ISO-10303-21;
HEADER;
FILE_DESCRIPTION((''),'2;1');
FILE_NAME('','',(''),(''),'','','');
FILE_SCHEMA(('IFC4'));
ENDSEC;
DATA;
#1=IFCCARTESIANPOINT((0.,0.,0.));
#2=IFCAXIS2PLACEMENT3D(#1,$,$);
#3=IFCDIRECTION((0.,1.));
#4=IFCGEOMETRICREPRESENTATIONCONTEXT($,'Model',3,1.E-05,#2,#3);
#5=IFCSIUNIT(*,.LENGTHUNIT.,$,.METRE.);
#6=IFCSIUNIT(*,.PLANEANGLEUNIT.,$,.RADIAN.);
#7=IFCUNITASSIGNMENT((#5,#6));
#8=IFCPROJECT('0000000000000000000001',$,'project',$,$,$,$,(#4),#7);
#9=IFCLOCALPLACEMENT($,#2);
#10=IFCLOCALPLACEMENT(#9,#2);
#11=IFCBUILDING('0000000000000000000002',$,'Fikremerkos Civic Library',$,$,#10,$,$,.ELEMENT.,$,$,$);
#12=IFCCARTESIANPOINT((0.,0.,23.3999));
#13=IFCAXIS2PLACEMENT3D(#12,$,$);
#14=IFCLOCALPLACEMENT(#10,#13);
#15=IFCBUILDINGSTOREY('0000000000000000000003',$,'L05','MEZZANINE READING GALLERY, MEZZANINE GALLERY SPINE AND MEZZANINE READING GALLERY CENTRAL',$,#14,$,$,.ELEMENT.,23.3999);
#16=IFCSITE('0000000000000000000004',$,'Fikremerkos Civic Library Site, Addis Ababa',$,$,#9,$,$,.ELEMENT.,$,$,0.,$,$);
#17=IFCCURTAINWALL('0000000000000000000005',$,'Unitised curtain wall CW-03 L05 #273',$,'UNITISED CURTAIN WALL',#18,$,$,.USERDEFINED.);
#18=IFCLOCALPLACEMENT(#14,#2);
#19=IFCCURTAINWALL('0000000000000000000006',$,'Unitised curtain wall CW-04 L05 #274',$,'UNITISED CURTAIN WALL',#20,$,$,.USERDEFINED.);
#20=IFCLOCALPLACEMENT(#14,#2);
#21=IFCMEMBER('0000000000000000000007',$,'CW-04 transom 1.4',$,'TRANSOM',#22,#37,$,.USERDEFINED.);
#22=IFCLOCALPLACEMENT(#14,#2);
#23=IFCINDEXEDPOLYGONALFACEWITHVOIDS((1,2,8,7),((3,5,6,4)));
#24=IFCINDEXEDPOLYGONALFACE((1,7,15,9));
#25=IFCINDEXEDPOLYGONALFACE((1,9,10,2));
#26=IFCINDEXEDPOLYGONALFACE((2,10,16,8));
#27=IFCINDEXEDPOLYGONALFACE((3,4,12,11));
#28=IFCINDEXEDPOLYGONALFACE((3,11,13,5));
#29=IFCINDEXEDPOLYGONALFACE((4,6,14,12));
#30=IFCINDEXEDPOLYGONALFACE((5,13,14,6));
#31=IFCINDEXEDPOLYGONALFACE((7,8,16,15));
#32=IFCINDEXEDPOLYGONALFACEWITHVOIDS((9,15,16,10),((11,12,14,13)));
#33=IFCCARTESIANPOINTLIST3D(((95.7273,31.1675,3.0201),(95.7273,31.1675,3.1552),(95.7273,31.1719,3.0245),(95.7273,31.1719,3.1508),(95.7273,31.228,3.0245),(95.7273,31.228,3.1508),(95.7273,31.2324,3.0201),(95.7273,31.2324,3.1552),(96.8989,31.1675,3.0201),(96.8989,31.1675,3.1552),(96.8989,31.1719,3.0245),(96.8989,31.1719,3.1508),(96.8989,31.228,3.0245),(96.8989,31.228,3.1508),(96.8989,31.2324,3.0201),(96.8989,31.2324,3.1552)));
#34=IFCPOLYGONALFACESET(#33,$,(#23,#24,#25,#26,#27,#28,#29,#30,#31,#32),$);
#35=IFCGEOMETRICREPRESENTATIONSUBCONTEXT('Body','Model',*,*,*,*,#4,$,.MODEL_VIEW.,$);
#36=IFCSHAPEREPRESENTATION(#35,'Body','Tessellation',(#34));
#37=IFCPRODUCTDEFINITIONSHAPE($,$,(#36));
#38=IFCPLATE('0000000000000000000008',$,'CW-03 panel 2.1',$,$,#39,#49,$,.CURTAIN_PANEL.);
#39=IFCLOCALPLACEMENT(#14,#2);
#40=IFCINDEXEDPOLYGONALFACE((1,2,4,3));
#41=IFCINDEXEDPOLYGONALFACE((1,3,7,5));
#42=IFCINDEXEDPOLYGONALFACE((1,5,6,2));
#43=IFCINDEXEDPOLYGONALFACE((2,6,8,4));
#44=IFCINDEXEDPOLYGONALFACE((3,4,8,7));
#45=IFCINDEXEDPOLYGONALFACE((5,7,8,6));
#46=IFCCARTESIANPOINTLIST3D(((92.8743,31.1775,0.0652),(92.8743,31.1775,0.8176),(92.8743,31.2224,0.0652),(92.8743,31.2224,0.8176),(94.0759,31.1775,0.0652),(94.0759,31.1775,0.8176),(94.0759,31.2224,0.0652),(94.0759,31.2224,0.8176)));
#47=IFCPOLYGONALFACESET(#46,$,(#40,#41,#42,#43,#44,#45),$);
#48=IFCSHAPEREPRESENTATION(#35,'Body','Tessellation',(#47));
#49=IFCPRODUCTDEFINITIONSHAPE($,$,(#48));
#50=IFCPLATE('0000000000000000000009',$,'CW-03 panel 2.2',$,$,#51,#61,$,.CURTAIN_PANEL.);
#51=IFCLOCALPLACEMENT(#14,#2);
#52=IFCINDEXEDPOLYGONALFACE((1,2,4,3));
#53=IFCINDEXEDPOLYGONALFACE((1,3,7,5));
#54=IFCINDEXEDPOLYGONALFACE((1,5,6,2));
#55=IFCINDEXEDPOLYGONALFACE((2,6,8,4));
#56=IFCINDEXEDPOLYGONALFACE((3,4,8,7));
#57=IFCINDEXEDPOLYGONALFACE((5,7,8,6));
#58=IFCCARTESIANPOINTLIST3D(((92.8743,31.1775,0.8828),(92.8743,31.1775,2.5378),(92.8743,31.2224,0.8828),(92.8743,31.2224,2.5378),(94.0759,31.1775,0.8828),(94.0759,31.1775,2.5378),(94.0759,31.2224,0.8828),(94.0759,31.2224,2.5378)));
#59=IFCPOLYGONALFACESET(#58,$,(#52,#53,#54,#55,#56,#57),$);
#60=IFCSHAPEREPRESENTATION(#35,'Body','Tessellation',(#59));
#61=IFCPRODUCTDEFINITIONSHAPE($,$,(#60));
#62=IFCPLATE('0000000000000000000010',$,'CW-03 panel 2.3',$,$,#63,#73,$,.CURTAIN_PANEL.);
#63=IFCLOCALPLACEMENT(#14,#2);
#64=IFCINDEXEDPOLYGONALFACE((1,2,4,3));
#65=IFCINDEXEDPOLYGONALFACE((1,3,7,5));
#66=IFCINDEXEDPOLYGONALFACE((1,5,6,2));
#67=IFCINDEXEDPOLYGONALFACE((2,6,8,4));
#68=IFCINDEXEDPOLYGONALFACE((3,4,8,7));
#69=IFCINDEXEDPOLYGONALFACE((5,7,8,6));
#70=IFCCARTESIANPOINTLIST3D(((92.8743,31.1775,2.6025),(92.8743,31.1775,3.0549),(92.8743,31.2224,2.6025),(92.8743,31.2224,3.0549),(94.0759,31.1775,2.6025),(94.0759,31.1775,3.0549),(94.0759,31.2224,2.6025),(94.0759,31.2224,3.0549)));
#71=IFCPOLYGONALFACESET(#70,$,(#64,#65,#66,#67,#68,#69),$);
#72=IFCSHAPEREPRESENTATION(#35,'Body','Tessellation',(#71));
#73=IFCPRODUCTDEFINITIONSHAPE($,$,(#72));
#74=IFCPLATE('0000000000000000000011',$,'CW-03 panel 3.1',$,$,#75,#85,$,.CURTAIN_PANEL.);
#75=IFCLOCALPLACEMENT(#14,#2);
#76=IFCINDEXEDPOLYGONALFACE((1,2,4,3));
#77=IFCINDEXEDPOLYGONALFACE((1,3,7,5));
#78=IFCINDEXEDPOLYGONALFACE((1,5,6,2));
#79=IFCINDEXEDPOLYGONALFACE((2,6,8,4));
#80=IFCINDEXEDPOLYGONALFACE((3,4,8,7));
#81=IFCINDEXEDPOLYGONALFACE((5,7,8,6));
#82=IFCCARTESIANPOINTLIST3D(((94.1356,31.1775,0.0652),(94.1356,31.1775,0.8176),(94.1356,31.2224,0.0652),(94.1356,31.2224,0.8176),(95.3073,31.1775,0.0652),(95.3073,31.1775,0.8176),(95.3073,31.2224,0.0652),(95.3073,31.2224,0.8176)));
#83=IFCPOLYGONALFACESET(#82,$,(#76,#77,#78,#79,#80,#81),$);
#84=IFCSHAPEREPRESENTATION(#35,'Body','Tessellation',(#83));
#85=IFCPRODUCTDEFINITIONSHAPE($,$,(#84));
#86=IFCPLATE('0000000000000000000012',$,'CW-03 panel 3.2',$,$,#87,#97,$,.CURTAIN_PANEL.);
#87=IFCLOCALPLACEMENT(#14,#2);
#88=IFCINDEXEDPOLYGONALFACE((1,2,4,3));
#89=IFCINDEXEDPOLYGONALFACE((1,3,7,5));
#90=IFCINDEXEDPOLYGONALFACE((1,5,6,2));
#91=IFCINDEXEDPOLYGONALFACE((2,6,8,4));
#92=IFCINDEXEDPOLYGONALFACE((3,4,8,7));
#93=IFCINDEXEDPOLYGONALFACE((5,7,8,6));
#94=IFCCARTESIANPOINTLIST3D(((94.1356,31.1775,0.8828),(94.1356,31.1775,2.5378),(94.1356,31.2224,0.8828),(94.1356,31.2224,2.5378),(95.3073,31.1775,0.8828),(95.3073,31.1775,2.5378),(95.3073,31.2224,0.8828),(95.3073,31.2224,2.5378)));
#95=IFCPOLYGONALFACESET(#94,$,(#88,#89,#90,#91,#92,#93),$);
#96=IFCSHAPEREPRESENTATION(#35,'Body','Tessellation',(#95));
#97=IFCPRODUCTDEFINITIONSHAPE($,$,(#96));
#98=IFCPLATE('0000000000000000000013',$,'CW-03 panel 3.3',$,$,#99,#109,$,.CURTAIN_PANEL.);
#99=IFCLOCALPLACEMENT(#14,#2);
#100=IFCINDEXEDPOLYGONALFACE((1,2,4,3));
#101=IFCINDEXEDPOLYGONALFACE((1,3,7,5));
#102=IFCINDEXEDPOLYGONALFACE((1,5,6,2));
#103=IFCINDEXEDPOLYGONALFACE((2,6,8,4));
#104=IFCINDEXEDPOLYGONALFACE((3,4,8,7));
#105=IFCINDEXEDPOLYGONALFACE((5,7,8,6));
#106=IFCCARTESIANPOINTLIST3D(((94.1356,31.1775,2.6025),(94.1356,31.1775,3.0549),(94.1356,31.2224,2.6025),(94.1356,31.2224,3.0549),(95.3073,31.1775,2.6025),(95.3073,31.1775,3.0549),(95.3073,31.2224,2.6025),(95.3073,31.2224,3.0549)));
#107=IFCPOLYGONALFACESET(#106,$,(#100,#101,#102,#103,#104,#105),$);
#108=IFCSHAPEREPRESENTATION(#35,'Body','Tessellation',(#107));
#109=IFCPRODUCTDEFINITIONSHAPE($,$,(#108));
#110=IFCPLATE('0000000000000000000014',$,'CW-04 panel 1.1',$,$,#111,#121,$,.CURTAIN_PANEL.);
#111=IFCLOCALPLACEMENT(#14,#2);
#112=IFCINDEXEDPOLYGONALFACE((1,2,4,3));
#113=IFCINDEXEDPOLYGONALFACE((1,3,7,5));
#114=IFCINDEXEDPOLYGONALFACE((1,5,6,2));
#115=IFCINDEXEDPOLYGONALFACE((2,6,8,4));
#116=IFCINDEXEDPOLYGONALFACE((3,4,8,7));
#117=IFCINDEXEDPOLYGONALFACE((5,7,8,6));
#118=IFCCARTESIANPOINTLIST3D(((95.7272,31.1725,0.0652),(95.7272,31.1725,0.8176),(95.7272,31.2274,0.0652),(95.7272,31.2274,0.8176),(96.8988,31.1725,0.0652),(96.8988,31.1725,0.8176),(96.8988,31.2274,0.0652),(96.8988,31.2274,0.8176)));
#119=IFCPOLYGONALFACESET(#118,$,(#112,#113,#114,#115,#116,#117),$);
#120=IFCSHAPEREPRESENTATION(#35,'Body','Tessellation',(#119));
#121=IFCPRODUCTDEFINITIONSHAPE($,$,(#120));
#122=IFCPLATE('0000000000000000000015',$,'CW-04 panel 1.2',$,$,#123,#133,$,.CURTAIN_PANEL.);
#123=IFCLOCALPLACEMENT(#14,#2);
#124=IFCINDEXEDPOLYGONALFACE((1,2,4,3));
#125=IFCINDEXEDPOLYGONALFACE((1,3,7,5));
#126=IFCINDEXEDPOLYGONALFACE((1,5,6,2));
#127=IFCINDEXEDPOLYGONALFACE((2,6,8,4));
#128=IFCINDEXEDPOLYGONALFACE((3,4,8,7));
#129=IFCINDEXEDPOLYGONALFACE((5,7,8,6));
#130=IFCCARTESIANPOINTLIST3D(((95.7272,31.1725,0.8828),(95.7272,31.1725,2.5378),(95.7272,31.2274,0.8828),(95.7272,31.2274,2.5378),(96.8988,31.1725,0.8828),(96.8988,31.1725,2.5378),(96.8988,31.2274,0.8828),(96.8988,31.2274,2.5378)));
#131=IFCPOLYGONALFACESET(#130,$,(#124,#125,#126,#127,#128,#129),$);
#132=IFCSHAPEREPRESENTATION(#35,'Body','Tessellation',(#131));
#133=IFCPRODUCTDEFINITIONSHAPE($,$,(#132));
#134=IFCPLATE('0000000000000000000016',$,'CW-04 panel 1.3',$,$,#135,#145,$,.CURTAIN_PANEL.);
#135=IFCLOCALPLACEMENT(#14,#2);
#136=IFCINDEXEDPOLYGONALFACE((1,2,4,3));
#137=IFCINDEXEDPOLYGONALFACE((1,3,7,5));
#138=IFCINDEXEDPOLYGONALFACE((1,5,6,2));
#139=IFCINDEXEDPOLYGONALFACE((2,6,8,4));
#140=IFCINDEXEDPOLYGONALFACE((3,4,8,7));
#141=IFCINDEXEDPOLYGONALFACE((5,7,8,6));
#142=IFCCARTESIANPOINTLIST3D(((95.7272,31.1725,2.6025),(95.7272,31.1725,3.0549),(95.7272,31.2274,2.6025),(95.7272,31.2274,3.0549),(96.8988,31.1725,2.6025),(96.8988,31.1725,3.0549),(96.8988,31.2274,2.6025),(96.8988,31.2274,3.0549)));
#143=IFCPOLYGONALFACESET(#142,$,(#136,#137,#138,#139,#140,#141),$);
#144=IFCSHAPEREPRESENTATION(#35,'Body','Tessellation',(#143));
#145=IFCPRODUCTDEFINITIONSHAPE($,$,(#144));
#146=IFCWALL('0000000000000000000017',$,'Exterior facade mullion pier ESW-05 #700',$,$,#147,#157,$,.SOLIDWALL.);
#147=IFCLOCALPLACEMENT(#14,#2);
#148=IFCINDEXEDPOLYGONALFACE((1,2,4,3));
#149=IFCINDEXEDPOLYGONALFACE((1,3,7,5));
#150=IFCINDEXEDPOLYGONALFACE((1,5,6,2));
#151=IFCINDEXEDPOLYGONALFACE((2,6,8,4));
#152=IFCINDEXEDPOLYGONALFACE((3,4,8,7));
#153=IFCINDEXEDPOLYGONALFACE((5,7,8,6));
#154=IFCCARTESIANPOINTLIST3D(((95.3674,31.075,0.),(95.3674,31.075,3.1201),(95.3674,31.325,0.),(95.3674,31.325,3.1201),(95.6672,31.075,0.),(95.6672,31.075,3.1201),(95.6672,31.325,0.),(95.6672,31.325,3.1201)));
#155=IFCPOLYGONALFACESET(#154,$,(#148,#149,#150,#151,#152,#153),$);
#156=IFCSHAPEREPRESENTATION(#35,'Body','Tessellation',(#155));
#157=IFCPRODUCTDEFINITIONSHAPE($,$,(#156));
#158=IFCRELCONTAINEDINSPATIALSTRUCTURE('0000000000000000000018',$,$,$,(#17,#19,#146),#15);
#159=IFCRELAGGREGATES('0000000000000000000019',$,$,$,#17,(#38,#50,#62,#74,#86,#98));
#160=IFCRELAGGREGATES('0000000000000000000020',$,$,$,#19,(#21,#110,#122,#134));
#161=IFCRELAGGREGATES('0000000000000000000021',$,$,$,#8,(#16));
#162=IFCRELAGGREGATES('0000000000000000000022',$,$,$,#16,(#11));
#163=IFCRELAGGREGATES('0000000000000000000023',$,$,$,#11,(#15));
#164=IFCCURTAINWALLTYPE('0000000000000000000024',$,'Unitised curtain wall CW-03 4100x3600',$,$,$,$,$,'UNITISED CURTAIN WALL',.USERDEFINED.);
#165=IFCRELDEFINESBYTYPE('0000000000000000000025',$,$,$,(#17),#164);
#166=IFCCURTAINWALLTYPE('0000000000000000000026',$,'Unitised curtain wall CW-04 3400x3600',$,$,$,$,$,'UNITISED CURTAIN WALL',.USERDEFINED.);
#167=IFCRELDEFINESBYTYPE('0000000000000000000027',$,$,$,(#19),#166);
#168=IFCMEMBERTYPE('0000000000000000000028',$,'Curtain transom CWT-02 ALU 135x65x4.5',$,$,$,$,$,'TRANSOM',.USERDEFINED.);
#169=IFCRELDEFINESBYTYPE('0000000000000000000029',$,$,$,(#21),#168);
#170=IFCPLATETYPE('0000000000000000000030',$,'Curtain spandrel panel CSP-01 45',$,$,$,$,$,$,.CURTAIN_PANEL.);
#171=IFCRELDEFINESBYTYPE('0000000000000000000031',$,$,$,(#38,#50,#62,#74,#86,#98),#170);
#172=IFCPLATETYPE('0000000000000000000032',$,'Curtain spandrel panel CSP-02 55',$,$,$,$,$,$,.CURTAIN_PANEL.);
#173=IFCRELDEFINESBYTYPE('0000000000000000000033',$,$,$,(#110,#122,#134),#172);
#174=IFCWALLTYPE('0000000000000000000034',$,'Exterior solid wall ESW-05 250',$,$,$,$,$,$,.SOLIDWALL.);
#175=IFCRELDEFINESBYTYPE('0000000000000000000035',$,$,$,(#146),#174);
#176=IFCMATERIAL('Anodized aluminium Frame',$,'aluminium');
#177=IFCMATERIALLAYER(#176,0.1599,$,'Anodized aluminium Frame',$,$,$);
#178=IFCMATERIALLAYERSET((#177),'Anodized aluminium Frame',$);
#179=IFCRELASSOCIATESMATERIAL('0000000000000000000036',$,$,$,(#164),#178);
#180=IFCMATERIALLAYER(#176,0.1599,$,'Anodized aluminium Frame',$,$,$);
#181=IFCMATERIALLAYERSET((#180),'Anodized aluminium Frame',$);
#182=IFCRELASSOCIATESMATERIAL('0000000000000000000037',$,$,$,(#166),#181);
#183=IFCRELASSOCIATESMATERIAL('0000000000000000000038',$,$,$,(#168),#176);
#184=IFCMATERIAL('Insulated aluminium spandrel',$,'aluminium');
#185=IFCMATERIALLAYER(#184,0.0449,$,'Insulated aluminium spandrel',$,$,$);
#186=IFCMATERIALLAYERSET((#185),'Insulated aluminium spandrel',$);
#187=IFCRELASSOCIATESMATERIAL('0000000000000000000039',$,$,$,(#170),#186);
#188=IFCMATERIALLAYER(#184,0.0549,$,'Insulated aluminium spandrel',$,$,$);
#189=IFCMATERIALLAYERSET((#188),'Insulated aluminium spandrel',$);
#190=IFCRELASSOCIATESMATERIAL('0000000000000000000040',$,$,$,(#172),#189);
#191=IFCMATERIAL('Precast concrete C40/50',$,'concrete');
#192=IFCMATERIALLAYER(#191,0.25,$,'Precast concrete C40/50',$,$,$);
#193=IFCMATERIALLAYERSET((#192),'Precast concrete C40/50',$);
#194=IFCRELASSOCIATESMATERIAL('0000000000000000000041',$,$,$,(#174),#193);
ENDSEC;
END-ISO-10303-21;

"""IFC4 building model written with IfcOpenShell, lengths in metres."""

from ifc_helpers import new_model, si_unit, direction, frame, frame_2d, origin, origin_2d, place, context, subcontext, project, spatial, rectangle, hollow_rectangle, extrude, material, layer, layer_set, material_profile, profile_set, type_object, element, aggregate, save


model = new_model("IFC4")

# Units and contexts
model_context = context("Model", 3, precision=1e-05, world=origin(), true_north=direction((0.0, 1.0)))
body_context = subcontext(model_context, "Body", "Model", "MODEL_VIEW")
ifc_project = project(units=[si_unit("LENGTHUNIT", "METRE"), si_unit("PLANEANGLEUNIT", "RADIAN")], contexts=[model_context])

# Site, building, storey
site_placement = place(None, origin())
site = spatial("IfcSite", under=ifc_project, at=site_placement, Name="Fikremerkos Civic Library Site, Addis Ababa", CompositionType="ELEMENT", RefElevation=0.0)
building_placement = place(site_placement, origin())
building = spatial("IfcBuilding", under=site, at=building_placement, Name="Fikremerkos Civic Library", CompositionType="ELEMENT")
storey_placement = place(building_placement, frame((0.0, 0.0, 23.3999)))
storey = spatial("IfcBuildingStorey", under=building, at=storey_placement, Name="L05", Description="MEZZANINE READING GALLERY, MEZZANINE GALLERY SPINE AND MEZZANINE READING GALLERY CENTRAL", CompositionType="ELEMENT", Elevation=23.3999)

# Curtain walls
ifc_material_1 = material(Name="Anodized aluminium Frame", Category="aluminium")
ifc_layer_1 = layer(ifc_material_1, 0.1599, Name="Anodized aluminium Frame")
ifc_layer_set_1 = layer_set([ifc_layer_1], Name="Anodized aluminium Frame")
curtain_wall_type_1 = type_object("IfcCurtainWallType", Name="Unitised curtain wall CW-03 4100x3600", ElementType="UNITISED CURTAIN WALL", PredefinedType="USERDEFINED", material=ifc_layer_set_1)
curtain_wall_1_placement = place(storey_placement, origin())
curtain_wall_1 = element("IfcCurtainWall", 1, at=curtain_wall_1_placement, inside=storey, type_object=curtain_wall_type_1, Name="Unitised curtain wall CW-03 L05 #273", ObjectType="UNITISED CURTAIN WALL", PredefinedType="USERDEFINED")
ifc_layer_2 = layer(ifc_material_1, 0.1599, Name="Anodized aluminium Frame")
ifc_layer_set_2 = layer_set([ifc_layer_2], Name="Anodized aluminium Frame")
curtain_wall_type_2 = type_object("IfcCurtainWallType", Name="Unitised curtain wall CW-04 3400x3600", ElementType="UNITISED CURTAIN WALL", PredefinedType="USERDEFINED", material=ifc_layer_set_2)
curtain_wall_2_placement = place(storey_placement, origin())
curtain_wall_2 = element("IfcCurtainWall", 2, at=curtain_wall_2_placement, inside=storey, type_object=curtain_wall_type_2, Name="Unitised curtain wall CW-04 L05 #274", ObjectType="UNITISED CURTAIN WALL", PredefinedType="USERDEFINED")

# Member
ifc_material_profile_1 = material_profile(ifc_material_1, hollow_rectangle(XDim=0.0649, YDim=0.135, WallThickness=0.0044, at=origin_2d()), Name="ALU 135x65x4.5")
ifc_profile_set_1 = profile_set([ifc_material_profile_1], Name="Anodized aluminium Frame")
member_type_1 = type_object("IfcMemberType", Name="Curtain transom CWT-02 ALU 135x65x4.5", ElementType="TRANSOM", PredefinedType="USERDEFINED", material=ifc_profile_set_1)
member_1_placement = place(storey_placement, frame((95.7273, 31.2, 3.0876), z_axis=(1.0, 0.0, 0.0), x_axis=(0.0, 1.0, 0.0)))
member_1 = element("IfcMember", 3, at=member_1_placement, type_object=member_type_1, Name="CW-04 transom 1.4", ObjectType="TRANSOM", PredefinedType="USERDEFINED", context=body_context, shape_type="SweptSolid", body=[
    extrude(hollow_rectangle(XDim=0.0649, YDim=0.135, WallThickness=0.0044, at=origin_2d()), origin(), (0.0, 0.0, 1.0), 1.1716),
])

# Plates
ifc_material_2 = material(Name="Insulated aluminium spandrel", Category="aluminium")
ifc_layer_3 = layer(ifc_material_2, 0.0449, Name="Insulated aluminium spandrel")
ifc_layer_set_3 = layer_set([ifc_layer_3], Name="Insulated aluminium spandrel")
plate_type_1 = type_object("IfcPlateType", Name="Curtain spandrel panel CSP-01 45", PredefinedType="CURTAIN_PANEL", material=ifc_layer_set_3)
plate_1_placement = place(storey_placement, frame((93.4751, 31.2, 0.0652), z_axis=(0.0, 0.0, 1.0), x_axis=(1.0, 0.0, 0.0)))
plate_1 = element("IfcPlate", 4, at=plate_1_placement, type_object=plate_type_1, Name="CW-03 panel 2.1", PredefinedType="CURTAIN_PANEL", context=body_context, shape_type="SweptSolid", body=[
    extrude(rectangle(XDim=1.2017, YDim=0.0449, at=origin_2d()), origin(), (0.0, 0.0, 1.0), 0.7524),
])
plate_2_placement = place(storey_placement, frame((93.4751, 31.2, 0.8828), z_axis=(0.0, 0.0, 1.0), x_axis=(1.0, 0.0, 0.0)))
plate_2 = element("IfcPlate", 5, at=plate_2_placement, type_object=plate_type_1, Name="CW-03 panel 2.2", PredefinedType="CURTAIN_PANEL", context=body_context, shape_type="SweptSolid", body=[
    extrude(rectangle(XDim=1.2017, YDim=0.0449, at=origin_2d()), origin(), (0.0, 0.0, 1.0), 1.655),
])
plate_3_placement = place(storey_placement, frame((93.4751, 31.2, 2.6025), z_axis=(0.0, 0.0, 1.0), x_axis=(1.0, 0.0, 0.0)))
plate_3 = element("IfcPlate", 6, at=plate_3_placement, type_object=plate_type_1, Name="CW-03 panel 2.3", PredefinedType="CURTAIN_PANEL", context=body_context, shape_type="SweptSolid", body=[
    extrude(rectangle(XDim=1.2017, YDim=0.0449, at=origin_2d()), origin(), (0.0, 0.0, 1.0), 0.4524),
])
plate_4_placement = place(storey_placement, frame((94.7214, 31.2, 0.0652), z_axis=(0.0, 0.0, 1.0), x_axis=(1.0, 0.0, 0.0)))
plate_4 = element("IfcPlate", 7, at=plate_4_placement, type_object=plate_type_1, Name="CW-03 panel 3.1", PredefinedType="CURTAIN_PANEL", context=body_context, shape_type="SweptSolid", body=[
    extrude(rectangle(XDim=1.1716, YDim=0.0449, at=origin_2d()), origin(), (0.0, 0.0, 1.0), 0.7524),
])
plate_5_placement = place(storey_placement, frame((94.7214, 31.2, 0.8828), z_axis=(0.0, 0.0, 1.0), x_axis=(1.0, 0.0, 0.0)))
plate_5 = element("IfcPlate", 8, at=plate_5_placement, type_object=plate_type_1, Name="CW-03 panel 3.2", PredefinedType="CURTAIN_PANEL", context=body_context, shape_type="SweptSolid", body=[
    extrude(rectangle(XDim=1.1716, YDim=0.0449, at=origin_2d()), origin(), (0.0, 0.0, 1.0), 1.655),
])
plate_6_placement = place(storey_placement, frame((94.7214, 31.2, 2.6025), z_axis=(0.0, 0.0, 1.0), x_axis=(1.0, 0.0, 0.0)))
plate_6 = element("IfcPlate", 9, at=plate_6_placement, type_object=plate_type_1, Name="CW-03 panel 3.3", PredefinedType="CURTAIN_PANEL", context=body_context, shape_type="SweptSolid", body=[
    extrude(rectangle(XDim=1.1716, YDim=0.0449, at=origin_2d()), origin(), (0.0, 0.0, 1.0), 0.4524),
])
aggregate(curtain_wall_1, [plate_1, plate_2, plate_3, plate_4, plate_5, plate_6])
ifc_layer_4 = layer(ifc_material_2, 0.0549, Name="Insulated aluminium spandrel")
ifc_layer_set_4 = layer_set([ifc_layer_4], Name="Insulated aluminium spandrel")
plate_type_2 = type_object("IfcPlateType", Name="Curtain spandrel panel CSP-02 55", PredefinedType="CURTAIN_PANEL", material=ifc_layer_set_4)
plate_7_placement = place(storey_placement, frame((96.313, 31.2, 0.0652), z_axis=(0.0, 0.0, 1.0), x_axis=(1.0, 0.0, 0.0)))
plate_7 = element("IfcPlate", 10, at=plate_7_placement, type_object=plate_type_2, Name="CW-04 panel 1.1", PredefinedType="CURTAIN_PANEL", context=body_context, shape_type="SweptSolid", body=[
    extrude(rectangle(XDim=1.1716, YDim=0.0549, at=origin_2d()), origin(), (0.0, 0.0, 1.0), 0.7524),
])
plate_8_placement = place(storey_placement, frame((96.313, 31.2, 0.8828), z_axis=(0.0, 0.0, 1.0), x_axis=(1.0, 0.0, 0.0)))
plate_8 = element("IfcPlate", 11, at=plate_8_placement, type_object=plate_type_2, Name="CW-04 panel 1.2", PredefinedType="CURTAIN_PANEL", context=body_context, shape_type="SweptSolid", body=[
    extrude(rectangle(XDim=1.1716, YDim=0.0549, at=origin_2d()), origin(), (0.0, 0.0, 1.0), 1.655),
])
plate_9_placement = place(storey_placement, frame((96.313, 31.2, 2.6025), z_axis=(0.0, 0.0, 1.0), x_axis=(1.0, 0.0, 0.0)))
plate_9 = element("IfcPlate", 12, at=plate_9_placement, type_object=plate_type_2, Name="CW-04 panel 1.3", PredefinedType="CURTAIN_PANEL", context=body_context, shape_type="SweptSolid", body=[
    extrude(rectangle(XDim=1.1716, YDim=0.0549, at=origin_2d()), origin(), (0.0, 0.0, 1.0), 0.4524),
])
aggregate(curtain_wall_2, [member_1, plate_7, plate_8, plate_9])

# Wall
ifc_material_3 = material(Name="Precast concrete C40/50", Category="concrete")
ifc_layer_5 = layer(ifc_material_3, 0.25, Name="Precast concrete C40/50")
ifc_layer_set_5 = layer_set([ifc_layer_5], Name="Precast concrete C40/50")
wall_type = type_object("IfcWallType", Name="Exterior solid wall ESW-05 250", PredefinedType="SOLIDWALL", material=ifc_layer_set_5)
wall_placement = place(storey_placement, frame((95.3674, 31.2, 0.0), z_axis=(0.0, 0.0, 1.0), x_axis=(1.0, 0.0, 0.0)))
element("IfcWall", 13, at=wall_placement, inside=storey, type_object=wall_type, Name="Exterior facade mullion pier ESW-05 #700", PredefinedType="SOLIDWALL", context=body_context, shape_type="SweptSolid", body=[
    extrude(rectangle(XDim=0.2998, YDim=0.25, at=frame_2d((0.1499, 0.0))), origin(), (0.0, 0.0, 1.0), 3.1201),
])

save(model, "model.ifc")
